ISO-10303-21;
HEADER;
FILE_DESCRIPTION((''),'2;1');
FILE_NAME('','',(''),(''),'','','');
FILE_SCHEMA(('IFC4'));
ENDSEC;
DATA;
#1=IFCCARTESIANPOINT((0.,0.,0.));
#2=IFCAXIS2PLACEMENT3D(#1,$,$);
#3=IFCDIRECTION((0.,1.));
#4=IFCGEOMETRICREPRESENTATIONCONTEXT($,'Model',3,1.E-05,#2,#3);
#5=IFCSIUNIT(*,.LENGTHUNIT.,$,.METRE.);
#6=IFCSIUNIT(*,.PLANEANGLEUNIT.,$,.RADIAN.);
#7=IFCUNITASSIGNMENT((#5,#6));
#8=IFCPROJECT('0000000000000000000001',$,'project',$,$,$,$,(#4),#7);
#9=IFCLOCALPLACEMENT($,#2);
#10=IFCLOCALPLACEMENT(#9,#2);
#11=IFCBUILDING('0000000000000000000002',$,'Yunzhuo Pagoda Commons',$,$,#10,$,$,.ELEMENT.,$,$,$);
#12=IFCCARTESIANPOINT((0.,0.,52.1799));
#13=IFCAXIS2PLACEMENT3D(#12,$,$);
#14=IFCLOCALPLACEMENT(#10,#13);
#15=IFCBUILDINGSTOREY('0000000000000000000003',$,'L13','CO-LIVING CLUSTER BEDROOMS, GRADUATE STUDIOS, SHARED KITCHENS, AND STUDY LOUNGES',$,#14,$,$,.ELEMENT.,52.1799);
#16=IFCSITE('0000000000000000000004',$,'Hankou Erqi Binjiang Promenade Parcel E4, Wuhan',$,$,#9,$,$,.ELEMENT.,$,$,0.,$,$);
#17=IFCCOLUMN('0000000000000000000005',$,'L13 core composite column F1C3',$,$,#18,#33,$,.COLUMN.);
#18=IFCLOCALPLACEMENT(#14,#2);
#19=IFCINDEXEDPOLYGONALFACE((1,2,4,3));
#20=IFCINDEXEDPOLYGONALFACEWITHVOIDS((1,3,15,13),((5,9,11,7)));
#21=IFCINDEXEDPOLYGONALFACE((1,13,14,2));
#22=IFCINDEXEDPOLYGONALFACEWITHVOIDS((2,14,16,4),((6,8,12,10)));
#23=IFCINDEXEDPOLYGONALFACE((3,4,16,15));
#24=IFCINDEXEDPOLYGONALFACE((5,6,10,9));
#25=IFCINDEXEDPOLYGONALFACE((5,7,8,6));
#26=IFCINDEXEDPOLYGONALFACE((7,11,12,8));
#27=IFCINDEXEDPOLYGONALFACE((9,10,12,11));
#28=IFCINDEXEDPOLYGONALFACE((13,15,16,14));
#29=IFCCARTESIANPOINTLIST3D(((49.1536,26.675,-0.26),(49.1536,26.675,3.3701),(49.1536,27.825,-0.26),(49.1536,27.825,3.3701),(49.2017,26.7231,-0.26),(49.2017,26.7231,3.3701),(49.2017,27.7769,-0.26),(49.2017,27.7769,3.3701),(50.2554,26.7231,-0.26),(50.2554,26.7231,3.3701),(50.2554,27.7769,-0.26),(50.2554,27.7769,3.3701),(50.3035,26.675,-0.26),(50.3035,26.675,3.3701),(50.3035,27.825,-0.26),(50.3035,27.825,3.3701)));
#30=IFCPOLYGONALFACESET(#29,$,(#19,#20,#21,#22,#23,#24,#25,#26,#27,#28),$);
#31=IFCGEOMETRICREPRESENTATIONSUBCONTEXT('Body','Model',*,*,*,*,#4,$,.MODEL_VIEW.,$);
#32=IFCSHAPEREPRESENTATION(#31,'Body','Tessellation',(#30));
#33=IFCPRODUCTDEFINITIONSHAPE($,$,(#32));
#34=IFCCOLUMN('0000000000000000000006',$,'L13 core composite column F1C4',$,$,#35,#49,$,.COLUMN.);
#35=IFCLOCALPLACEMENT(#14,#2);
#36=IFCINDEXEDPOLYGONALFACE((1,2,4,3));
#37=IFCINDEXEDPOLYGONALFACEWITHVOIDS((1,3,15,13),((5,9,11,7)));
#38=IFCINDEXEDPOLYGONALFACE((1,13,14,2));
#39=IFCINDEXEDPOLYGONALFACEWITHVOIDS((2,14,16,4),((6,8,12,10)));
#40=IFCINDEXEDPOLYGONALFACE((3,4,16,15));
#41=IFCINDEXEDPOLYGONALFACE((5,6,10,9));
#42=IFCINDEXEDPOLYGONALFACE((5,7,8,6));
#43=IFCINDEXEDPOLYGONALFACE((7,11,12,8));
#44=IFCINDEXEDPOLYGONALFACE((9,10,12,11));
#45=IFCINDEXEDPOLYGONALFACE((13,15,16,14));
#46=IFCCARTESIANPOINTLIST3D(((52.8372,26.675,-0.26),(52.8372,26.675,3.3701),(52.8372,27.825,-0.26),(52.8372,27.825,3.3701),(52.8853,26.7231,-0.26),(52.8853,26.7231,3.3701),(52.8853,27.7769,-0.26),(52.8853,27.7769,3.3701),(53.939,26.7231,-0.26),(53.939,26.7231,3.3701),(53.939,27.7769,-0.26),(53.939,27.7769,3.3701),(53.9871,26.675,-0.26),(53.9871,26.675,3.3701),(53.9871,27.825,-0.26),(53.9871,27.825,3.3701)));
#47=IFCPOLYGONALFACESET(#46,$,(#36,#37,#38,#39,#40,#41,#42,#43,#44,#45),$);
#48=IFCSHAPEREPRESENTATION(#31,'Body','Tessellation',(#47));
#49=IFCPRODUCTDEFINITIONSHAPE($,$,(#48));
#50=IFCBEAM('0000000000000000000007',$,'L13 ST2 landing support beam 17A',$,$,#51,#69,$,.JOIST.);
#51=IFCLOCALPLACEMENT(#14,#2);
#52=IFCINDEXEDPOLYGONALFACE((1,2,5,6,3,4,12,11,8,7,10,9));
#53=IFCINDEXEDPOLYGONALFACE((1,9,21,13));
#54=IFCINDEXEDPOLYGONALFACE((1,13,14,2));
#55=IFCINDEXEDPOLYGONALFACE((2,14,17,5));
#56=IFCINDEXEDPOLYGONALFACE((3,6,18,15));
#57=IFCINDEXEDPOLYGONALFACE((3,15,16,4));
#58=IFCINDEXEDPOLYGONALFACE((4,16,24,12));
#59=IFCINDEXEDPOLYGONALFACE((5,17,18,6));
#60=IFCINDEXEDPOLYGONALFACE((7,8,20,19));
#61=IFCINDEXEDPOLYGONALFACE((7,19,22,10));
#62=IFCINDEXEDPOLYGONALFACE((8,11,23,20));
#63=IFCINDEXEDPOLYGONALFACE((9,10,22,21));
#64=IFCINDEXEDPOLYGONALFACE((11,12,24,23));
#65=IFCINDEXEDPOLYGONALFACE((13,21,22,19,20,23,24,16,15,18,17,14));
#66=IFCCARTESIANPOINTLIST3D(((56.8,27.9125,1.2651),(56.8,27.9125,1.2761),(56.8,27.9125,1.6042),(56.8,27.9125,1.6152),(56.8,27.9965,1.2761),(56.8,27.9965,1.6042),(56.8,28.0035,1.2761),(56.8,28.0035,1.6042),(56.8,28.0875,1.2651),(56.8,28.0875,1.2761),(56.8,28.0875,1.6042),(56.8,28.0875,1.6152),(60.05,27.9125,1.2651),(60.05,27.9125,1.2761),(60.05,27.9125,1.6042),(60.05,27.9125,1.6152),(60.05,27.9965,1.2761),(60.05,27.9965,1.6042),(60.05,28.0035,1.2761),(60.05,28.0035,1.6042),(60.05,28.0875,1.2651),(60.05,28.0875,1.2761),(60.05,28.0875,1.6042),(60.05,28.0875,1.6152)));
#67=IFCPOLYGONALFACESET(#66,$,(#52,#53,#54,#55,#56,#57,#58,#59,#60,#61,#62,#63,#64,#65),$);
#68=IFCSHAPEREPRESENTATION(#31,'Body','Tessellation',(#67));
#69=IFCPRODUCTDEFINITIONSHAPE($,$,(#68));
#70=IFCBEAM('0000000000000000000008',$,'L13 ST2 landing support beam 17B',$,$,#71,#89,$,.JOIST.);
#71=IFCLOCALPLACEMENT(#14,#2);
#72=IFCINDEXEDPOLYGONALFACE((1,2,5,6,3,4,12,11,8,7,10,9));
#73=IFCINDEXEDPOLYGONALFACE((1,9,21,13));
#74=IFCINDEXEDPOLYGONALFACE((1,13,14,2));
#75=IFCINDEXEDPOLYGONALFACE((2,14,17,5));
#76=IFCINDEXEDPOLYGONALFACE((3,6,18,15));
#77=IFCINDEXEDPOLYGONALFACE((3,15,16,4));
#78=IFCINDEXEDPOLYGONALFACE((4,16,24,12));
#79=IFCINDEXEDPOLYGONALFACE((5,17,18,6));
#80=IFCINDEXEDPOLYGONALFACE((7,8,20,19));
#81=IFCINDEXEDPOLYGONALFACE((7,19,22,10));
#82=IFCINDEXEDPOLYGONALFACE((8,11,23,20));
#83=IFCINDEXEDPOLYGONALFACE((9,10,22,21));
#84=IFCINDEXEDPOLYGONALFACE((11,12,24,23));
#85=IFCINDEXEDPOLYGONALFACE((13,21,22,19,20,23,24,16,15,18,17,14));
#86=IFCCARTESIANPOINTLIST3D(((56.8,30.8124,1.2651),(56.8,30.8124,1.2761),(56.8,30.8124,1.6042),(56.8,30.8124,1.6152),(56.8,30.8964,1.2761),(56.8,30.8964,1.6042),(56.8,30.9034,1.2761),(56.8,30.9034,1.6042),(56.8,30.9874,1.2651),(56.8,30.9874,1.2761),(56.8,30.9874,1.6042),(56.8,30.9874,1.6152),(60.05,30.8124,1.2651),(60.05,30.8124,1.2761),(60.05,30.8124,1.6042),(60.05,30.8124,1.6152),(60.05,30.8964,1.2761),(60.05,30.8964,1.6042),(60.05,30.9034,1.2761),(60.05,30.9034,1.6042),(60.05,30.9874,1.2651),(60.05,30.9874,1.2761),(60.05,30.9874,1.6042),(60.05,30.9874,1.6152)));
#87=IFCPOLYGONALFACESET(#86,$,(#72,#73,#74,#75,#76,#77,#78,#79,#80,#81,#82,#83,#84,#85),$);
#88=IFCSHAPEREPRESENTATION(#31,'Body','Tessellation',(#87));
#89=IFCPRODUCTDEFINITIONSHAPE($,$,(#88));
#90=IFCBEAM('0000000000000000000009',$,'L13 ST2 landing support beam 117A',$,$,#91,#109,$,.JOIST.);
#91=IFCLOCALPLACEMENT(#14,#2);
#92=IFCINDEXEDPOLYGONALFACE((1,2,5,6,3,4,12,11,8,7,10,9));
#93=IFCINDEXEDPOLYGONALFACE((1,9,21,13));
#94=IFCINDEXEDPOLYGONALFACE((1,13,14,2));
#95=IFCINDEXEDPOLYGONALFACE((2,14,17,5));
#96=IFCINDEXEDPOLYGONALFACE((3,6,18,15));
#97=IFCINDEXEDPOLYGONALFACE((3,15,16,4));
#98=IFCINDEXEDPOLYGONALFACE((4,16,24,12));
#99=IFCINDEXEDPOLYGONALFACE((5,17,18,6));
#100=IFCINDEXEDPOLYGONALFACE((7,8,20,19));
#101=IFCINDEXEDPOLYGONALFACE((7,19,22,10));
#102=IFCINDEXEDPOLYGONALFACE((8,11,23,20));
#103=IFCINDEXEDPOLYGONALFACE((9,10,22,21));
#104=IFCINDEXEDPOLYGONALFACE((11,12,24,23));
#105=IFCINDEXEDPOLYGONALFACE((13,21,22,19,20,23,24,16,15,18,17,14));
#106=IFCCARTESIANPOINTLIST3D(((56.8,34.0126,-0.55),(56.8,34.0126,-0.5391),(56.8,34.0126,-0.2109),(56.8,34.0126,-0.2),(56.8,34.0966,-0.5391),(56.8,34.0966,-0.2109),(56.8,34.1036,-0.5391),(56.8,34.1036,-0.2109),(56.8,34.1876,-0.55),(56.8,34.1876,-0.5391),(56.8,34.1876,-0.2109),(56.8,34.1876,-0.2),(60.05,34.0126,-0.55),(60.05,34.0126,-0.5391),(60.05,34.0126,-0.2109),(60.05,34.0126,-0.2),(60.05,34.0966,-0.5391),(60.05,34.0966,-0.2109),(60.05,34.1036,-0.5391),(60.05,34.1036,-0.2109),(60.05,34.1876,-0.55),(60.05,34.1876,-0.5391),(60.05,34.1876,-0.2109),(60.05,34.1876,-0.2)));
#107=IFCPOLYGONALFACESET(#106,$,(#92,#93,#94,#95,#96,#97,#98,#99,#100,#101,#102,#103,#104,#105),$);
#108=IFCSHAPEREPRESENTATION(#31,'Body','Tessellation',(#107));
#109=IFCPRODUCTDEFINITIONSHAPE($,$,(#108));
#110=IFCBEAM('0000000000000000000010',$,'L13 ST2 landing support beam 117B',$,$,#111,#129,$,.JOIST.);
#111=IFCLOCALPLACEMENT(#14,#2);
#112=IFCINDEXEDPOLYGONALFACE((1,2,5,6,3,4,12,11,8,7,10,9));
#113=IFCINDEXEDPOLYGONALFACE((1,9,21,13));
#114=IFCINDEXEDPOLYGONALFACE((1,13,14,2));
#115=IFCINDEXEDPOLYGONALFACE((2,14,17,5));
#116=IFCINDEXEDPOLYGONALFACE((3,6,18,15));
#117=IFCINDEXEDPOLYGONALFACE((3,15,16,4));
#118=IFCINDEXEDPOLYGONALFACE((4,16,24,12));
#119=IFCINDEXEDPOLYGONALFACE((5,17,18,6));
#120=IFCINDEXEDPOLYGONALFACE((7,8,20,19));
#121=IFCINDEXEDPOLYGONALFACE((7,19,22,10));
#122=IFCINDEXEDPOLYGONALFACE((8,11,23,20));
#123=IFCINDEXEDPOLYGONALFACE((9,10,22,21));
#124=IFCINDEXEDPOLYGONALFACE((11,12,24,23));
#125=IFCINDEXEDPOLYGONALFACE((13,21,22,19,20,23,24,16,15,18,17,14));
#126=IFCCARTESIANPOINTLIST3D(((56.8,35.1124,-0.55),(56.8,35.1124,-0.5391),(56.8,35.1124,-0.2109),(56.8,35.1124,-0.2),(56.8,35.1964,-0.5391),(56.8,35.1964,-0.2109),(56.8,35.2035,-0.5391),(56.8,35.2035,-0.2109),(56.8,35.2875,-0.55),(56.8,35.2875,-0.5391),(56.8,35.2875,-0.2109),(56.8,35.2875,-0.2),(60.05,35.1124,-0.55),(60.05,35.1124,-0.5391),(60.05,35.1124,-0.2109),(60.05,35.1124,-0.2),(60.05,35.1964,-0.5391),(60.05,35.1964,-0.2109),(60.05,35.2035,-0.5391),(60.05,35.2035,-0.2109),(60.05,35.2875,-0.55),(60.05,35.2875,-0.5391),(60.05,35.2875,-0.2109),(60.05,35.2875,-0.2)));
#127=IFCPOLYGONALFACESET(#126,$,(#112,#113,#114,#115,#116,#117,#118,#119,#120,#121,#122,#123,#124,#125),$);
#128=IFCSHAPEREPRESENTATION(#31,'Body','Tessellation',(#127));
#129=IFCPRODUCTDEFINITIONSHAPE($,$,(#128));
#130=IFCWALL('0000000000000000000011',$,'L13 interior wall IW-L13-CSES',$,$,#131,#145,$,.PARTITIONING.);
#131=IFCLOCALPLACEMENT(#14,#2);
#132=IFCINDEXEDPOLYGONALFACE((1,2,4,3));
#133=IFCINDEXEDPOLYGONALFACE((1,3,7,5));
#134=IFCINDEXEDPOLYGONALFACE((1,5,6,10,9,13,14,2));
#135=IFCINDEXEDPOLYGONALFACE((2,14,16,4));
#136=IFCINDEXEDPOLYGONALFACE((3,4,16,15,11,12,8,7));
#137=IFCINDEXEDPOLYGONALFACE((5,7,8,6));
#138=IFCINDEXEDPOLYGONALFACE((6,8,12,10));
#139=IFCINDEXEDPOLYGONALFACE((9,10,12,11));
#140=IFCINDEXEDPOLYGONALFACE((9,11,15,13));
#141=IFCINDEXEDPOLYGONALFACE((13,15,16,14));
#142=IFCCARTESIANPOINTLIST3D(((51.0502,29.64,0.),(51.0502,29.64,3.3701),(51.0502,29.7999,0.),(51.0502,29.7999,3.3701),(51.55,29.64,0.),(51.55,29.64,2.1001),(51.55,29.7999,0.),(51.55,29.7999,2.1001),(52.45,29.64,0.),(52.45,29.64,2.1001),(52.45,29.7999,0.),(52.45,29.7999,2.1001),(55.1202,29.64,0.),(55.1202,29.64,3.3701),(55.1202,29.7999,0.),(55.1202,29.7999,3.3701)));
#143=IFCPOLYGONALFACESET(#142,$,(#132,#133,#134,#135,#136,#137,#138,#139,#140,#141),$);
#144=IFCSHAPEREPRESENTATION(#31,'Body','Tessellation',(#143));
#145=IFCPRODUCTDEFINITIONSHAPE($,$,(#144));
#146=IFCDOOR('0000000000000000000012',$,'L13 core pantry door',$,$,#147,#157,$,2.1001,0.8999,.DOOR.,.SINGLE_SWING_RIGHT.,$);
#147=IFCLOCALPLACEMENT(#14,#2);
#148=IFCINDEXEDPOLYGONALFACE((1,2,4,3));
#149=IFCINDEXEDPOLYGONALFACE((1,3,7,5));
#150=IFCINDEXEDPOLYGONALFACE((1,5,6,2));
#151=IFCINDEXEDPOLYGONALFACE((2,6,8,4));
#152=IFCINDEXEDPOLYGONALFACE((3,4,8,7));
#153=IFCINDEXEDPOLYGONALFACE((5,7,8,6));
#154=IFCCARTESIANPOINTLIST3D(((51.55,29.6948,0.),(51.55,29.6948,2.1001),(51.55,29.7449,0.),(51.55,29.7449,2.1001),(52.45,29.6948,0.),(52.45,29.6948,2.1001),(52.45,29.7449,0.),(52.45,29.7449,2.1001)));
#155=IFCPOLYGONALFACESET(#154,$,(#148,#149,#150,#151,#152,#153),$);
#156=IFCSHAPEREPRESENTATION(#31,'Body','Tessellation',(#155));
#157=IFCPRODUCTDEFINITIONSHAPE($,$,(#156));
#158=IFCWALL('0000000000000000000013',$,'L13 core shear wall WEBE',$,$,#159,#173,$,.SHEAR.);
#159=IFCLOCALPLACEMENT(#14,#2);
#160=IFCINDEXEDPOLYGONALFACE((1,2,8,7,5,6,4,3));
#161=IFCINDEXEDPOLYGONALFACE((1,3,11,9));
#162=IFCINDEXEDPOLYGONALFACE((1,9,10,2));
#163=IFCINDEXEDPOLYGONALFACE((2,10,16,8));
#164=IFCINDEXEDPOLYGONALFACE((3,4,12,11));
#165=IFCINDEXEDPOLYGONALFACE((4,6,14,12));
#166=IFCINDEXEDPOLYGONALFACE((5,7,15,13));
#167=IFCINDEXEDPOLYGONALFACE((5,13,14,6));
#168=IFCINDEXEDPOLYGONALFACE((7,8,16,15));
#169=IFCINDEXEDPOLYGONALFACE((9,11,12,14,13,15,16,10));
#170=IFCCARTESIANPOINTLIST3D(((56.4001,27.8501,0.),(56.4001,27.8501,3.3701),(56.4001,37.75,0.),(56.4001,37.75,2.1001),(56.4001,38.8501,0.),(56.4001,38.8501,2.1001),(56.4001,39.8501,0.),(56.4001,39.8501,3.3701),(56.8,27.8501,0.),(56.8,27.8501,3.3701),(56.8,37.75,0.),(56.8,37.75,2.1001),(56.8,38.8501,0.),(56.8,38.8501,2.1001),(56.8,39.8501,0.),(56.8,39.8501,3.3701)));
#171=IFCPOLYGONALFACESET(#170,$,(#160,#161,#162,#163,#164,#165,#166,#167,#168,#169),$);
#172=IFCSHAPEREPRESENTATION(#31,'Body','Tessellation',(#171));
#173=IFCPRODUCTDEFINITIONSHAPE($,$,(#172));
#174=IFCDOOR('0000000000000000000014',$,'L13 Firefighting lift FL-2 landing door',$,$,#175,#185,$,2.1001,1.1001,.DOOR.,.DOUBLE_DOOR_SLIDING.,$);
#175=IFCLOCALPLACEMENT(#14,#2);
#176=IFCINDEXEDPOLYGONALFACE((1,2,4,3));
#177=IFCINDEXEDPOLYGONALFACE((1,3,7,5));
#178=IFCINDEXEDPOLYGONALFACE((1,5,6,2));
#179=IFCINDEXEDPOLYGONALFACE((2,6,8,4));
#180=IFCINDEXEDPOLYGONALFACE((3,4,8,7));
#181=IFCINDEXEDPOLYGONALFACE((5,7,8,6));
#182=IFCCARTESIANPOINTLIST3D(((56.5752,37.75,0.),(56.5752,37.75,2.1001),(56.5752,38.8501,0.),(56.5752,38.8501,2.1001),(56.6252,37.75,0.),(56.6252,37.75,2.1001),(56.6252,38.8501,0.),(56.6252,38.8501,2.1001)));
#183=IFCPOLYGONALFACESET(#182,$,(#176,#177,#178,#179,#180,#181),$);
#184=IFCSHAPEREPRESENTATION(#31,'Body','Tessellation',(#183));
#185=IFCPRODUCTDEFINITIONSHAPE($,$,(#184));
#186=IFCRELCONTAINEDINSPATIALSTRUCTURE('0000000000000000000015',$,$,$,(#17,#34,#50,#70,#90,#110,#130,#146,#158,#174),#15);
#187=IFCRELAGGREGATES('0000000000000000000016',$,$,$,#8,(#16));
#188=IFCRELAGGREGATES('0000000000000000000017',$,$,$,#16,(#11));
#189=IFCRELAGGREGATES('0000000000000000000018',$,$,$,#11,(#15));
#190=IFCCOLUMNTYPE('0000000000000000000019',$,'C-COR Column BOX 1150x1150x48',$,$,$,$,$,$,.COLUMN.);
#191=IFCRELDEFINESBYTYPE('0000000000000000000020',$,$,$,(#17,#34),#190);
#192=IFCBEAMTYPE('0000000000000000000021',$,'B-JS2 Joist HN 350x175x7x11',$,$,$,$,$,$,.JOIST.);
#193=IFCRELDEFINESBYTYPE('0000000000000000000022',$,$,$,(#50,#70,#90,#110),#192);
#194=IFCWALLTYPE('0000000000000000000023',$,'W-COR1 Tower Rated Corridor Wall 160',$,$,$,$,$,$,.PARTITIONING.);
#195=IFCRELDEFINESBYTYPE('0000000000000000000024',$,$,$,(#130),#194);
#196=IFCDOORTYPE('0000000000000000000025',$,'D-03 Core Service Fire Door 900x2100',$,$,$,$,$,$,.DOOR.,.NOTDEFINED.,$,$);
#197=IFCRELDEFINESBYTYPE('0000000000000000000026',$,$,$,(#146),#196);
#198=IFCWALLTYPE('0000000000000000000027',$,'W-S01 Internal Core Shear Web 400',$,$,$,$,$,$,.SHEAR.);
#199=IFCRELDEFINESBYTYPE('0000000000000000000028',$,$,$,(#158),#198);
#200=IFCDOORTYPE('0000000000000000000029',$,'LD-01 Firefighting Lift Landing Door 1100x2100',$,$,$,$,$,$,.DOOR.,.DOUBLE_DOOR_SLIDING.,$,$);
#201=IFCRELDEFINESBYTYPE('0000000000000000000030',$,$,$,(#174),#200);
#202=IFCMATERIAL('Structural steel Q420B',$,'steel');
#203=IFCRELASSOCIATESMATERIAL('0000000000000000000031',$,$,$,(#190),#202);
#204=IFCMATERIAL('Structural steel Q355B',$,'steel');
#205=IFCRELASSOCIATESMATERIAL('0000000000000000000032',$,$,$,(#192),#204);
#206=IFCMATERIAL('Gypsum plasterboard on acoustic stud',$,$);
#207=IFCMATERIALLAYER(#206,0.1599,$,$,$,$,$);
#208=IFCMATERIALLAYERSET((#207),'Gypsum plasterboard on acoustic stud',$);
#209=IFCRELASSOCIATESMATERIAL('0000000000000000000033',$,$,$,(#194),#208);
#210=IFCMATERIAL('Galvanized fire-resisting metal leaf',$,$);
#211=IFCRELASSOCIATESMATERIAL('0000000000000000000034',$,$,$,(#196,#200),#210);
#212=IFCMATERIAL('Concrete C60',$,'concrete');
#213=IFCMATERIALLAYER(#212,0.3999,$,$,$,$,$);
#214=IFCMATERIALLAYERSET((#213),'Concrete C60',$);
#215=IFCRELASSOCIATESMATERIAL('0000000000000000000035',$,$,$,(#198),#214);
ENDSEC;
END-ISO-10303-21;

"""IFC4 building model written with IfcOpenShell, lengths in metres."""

from ifc_helpers import new_model, si_unit, direction, frame, frame_2d, origin, origin_with_axes, origin_2d, place, context, subcontext, project, spatial, rectangle, hollow_rectangle, i_section, extrude, source, transform, mapped, material, layer, layer_set, material_profile, profile_set, type_object, element, fill, save


model = new_model("IFC4")

# Units and contexts
model_context = context("Model", 3, precision=1e-05, world=origin(), true_north=direction((0.0, 1.0)))
body_context = subcontext(model_context, "Body", "Model", "MODEL_VIEW")
ifc_project = project(units=[si_unit("LENGTHUNIT", "METRE"), si_unit("PLANEANGLEUNIT", "RADIAN")], contexts=[model_context])

# Site, building, storey
site_placement = place(None, origin())
site = spatial("IfcSite", under=ifc_project, at=site_placement, Name="Hankou Erqi Binjiang Promenade Parcel E4, Wuhan", CompositionType="ELEMENT", RefElevation=0.0)
building_placement = place(site_placement, origin())
building = spatial("IfcBuilding", under=site, at=building_placement, Name="Yunzhuo Pagoda Commons", CompositionType="ELEMENT")
storey_placement = place(building_placement, frame((0.0, 0.0, 52.1799)))
storey = spatial("IfcBuildingStorey", under=building, at=storey_placement, Name="L13", Description="CO-LIVING CLUSTER BEDROOMS, GRADUATE STUDIOS, SHARED KITCHENS, AND STUDY LOUNGES", CompositionType="ELEMENT", Elevation=52.1799)

# Columns
ifc_material_1 = material(Name="Structural steel Q420B", Category="steel")
ifc_material_profile_1 = material_profile(ifc_material_1, hollow_rectangle(XDim=1.1499, YDim=1.1499, WallThickness=0.0481, at=origin_2d()), Name="Structural steel Q420B")
ifc_profile_set_1 = profile_set([ifc_material_profile_1], Name="Structural steel Q420B")
column_type = type_object("IfcColumnType", Name="C-COR Column BOX 1150x1150x48", PredefinedType="COLUMN", material=ifc_profile_set_1)
shared_shape_1 = source(origin(), body_context, "Body", "SweptSolid", [
    extrude(hollow_rectangle(XDim=1.1499, YDim=1.1499, WallThickness=0.0481, at=origin_2d()), origin(), (0.0, 0.0, 1.0), 3.6301),
])
for number, where, z_axis, x_axis, name in (
    (1, (49.7285, 27.25, -0.26), (0.0, 0.0, 1.0), (1.0, 0.0, 0.0), "L13 core composite column F1C3"),
    (2, (53.4121, 27.25, -0.26), (0.0, 0.0, 1.0), (1.0, 0.0, 0.0), "L13 core composite column F1C4"),
):
    element("IfcColumn", number, at=place(storey_placement, frame(where, z_axis=z_axis, x_axis=x_axis)), inside=storey, type_object=column_type, Name=name, PredefinedType="COLUMN", context=body_context, shape_type="MappedRepresentation", body=[
        mapped(shared_shape_1, transform((0.0, 0.0, 0.0), scale=1.0)),
    ])

# Beams
ifc_material_2 = material(Name="Structural steel Q355B", Category="steel")
ifc_material_profile_2 = material_profile(ifc_material_2, i_section(OverallWidth=0.175, OverallDepth=0.3501, WebThickness=0.0071, FlangeThickness=0.011, at=origin_2d()), Name="Structural steel Q355B")
ifc_profile_set_2 = profile_set([ifc_material_profile_2], Name="Structural steel Q355B")
beam_type = type_object("IfcBeamType", Name="B-JS2 Joist HN 350x175x7x11", PredefinedType="JOIST", material=ifc_profile_set_2)
shared_shape_2 = source(origin(), body_context, "Body", "SweptSolid", [
    extrude(i_section(OverallWidth=0.175, OverallDepth=0.3501, WebThickness=0.0071, FlangeThickness=0.011, at=origin_2d()), origin(), (0.0, 0.0, 1.0), 3.25),
])
for number, where, z_axis, x_axis, name in (
    (3, (56.8, 28.0, 1.4402), (1.0, 0.0, 0.0), (0.0, 1.0, 0.0), "L13 ST2 landing support beam 17A"),
    (4, (56.8, 30.8999, 1.4402), (1.0, 0.0, 0.0), (0.0, 1.0, 0.0), "L13 ST2 landing support beam 17B"),
    (5, (56.8, 34.1001, -0.375), (1.0, 0.0, 0.0), (0.0, 1.0, 0.0), "L13 ST2 landing support beam 117A"),
    (6, (56.8, 35.2, -0.375), (1.0, 0.0, 0.0), (0.0, 1.0, 0.0), "L13 ST2 landing support beam 117B"),
):
    element("IfcBeam", number, at=place(storey_placement, frame(where, z_axis=z_axis, x_axis=x_axis)), inside=storey, type_object=beam_type, Name=name, PredefinedType="JOIST", context=body_context, shape_type="MappedRepresentation", body=[
        mapped(shared_shape_2, transform((0.0, 0.0, 0.0), scale=1.0)),
    ])

# Walls, openings, doors
ifc_material_3 = material(Name="Gypsum plasterboard on acoustic stud")
ifc_layer_1 = layer(ifc_material_3, 0.1599)
ifc_layer_set_1 = layer_set([ifc_layer_1], Name="Gypsum plasterboard on acoustic stud")
wall_type_1 = type_object("IfcWallType", Name="W-COR1 Tower Rated Corridor Wall 160", PredefinedType="PARTITIONING", material=ifc_layer_set_1)
wall_1_placement = place(storey_placement, frame((51.05, 29.72, 0.0), z_axis=(0.0, 0.0, 1.0), x_axis=(1.0, 0.0, 0.0)))
wall_1 = element("IfcWall", 7, at=wall_1_placement, inside=storey, type_object=wall_type_1, Name="L13 interior wall IW-L13-CSES", PredefinedType="PARTITIONING", context=body_context, shape_type="SweptSolid", body=[
    extrude(rectangle(XDim=4.0701, YDim=0.1599, at=frame_2d((2.0352, 0.0))), origin(), (0.0, 0.0, 1.0), 3.3701),
])
opening_1_placement = place(wall_1_placement, frame((0.5, 0.0, 0.0)))
opening_1 = element("IfcOpeningElement", 8, at=opening_1_placement, cuts=wall_1, PredefinedType="OPENING", context=body_context, shape_type="SweptSolid", body=[
    extrude(rectangle(XDim=0.8999, YDim=2.1001, at=frame_2d((0.45, 1.05))), frame((0.0, 0.0898, 0.0), z_axis=(0.0, -1.0, 0.0), x_axis=(1.0, 0.0, 0.0)), (0.0, 0.0, 1.0), 0.1799),
])
ifc_material_4 = material(Name="Galvanized fire-resisting metal leaf")
door_type_1 = type_object("IfcDoorType", Name="D-03 Core Service Fire Door 900x2100", OperationType="NOTDEFINED", PredefinedType="DOOR", material=ifc_material_4)
shared_shape_3 = source(origin(), body_context, "Body", "SweptSolid", [
    extrude(rectangle(XDim=0.8999, YDim=2.1001, at=frame_2d((0.45, 1.05))), frame((0.0, 0.0249, 0.0), z_axis=(0.0, -1.0, 0.0), x_axis=(1.0, 0.0, 0.0)), (0.0, 0.0, 1.0), 0.05),
])
door_1_placement = place(opening_1_placement, origin_with_axes())
door_1 = element("IfcDoor", 9, at=door_1_placement, inside=storey, type_object=door_type_1, Name="L13 core pantry door", OperationType="SINGLE_SWING_RIGHT", OverallHeight=2.1001, OverallWidth=0.8999, PredefinedType="DOOR", context=body_context, shape_type="MappedRepresentation", body=[
    mapped(shared_shape_3, transform((0.0, 0.0, 0.0), scale=1.0)),
])
fill(opening_1, door_1)
ifc_material_5 = material(Name="Concrete C60", Category="concrete")
ifc_layer_2 = layer(ifc_material_5, 0.3999)
ifc_layer_set_2 = layer_set([ifc_layer_2], Name="Concrete C60")
wall_type_2 = type_object("IfcWallType", Name="W-S01 Internal Core Shear Web 400", PredefinedType="SHEAR", material=ifc_layer_set_2)
wall_2_placement = place(storey_placement, frame((56.6001, 27.8501, 0.0), z_axis=(0.0, 0.0, 1.0), x_axis=(0.0, 1.0, 0.0)))
wall_2 = element("IfcWall", 10, at=wall_2_placement, inside=storey, type_object=wall_type_2, Name="L13 core shear wall WEBE", PredefinedType="SHEAR", context=body_context, shape_type="SweptSolid", body=[
    extrude(rectangle(XDim=12.0, YDim=0.3999, at=frame_2d((6.0, 0.0))), origin(), (0.0, 0.0, 1.0), 3.3701),
])
opening_2_placement = place(wall_2_placement, frame((9.8999, 0.0, 0.0)))
opening_2 = element("IfcOpeningElement", 11, at=opening_2_placement, cuts=wall_2, PredefinedType="OPENING", context=body_context, shape_type="SweptSolid", body=[
    extrude(rectangle(XDim=1.1001, YDim=2.1001, at=frame_2d((0.55, 1.05))), frame((0.0, 0.21, 0.0), z_axis=(0.0, -1.0, 0.0), x_axis=(1.0, 0.0, 0.0)), (0.0, 0.0, 1.0), 0.4199),
])
door_type_2 = type_object("IfcDoorType", Name="LD-01 Firefighting Lift Landing Door 1100x2100", OperationType="DOUBLE_DOOR_SLIDING", PredefinedType="DOOR", material=ifc_material_4)
shared_shape_4 = source(origin(), body_context, "Body", "SweptSolid", [
    extrude(rectangle(XDim=1.1001, YDim=2.1001, at=frame_2d((0.55, 1.05))), frame((0.0, 0.0249, 0.0), z_axis=(0.0, -1.0, 0.0), x_axis=(1.0, 0.0, 0.0)), (0.0, 0.0, 1.0), 0.05),
])
door_2_placement = place(opening_2_placement, origin_with_axes())
door_2 = element("IfcDoor", 12, at=door_2_placement, inside=storey, type_object=door_type_2, Name="L13 Firefighting lift FL-2 landing door", OperationType="DOUBLE_DOOR_SLIDING", OverallHeight=2.1001, OverallWidth=1.1001, PredefinedType="DOOR", context=body_context, shape_type="MappedRepresentation", body=[
    mapped(shared_shape_4, transform((0.0, 0.0, 0.0), scale=1.0)),
])
fill(opening_2, door_2)

save(model, "model.ifc")
